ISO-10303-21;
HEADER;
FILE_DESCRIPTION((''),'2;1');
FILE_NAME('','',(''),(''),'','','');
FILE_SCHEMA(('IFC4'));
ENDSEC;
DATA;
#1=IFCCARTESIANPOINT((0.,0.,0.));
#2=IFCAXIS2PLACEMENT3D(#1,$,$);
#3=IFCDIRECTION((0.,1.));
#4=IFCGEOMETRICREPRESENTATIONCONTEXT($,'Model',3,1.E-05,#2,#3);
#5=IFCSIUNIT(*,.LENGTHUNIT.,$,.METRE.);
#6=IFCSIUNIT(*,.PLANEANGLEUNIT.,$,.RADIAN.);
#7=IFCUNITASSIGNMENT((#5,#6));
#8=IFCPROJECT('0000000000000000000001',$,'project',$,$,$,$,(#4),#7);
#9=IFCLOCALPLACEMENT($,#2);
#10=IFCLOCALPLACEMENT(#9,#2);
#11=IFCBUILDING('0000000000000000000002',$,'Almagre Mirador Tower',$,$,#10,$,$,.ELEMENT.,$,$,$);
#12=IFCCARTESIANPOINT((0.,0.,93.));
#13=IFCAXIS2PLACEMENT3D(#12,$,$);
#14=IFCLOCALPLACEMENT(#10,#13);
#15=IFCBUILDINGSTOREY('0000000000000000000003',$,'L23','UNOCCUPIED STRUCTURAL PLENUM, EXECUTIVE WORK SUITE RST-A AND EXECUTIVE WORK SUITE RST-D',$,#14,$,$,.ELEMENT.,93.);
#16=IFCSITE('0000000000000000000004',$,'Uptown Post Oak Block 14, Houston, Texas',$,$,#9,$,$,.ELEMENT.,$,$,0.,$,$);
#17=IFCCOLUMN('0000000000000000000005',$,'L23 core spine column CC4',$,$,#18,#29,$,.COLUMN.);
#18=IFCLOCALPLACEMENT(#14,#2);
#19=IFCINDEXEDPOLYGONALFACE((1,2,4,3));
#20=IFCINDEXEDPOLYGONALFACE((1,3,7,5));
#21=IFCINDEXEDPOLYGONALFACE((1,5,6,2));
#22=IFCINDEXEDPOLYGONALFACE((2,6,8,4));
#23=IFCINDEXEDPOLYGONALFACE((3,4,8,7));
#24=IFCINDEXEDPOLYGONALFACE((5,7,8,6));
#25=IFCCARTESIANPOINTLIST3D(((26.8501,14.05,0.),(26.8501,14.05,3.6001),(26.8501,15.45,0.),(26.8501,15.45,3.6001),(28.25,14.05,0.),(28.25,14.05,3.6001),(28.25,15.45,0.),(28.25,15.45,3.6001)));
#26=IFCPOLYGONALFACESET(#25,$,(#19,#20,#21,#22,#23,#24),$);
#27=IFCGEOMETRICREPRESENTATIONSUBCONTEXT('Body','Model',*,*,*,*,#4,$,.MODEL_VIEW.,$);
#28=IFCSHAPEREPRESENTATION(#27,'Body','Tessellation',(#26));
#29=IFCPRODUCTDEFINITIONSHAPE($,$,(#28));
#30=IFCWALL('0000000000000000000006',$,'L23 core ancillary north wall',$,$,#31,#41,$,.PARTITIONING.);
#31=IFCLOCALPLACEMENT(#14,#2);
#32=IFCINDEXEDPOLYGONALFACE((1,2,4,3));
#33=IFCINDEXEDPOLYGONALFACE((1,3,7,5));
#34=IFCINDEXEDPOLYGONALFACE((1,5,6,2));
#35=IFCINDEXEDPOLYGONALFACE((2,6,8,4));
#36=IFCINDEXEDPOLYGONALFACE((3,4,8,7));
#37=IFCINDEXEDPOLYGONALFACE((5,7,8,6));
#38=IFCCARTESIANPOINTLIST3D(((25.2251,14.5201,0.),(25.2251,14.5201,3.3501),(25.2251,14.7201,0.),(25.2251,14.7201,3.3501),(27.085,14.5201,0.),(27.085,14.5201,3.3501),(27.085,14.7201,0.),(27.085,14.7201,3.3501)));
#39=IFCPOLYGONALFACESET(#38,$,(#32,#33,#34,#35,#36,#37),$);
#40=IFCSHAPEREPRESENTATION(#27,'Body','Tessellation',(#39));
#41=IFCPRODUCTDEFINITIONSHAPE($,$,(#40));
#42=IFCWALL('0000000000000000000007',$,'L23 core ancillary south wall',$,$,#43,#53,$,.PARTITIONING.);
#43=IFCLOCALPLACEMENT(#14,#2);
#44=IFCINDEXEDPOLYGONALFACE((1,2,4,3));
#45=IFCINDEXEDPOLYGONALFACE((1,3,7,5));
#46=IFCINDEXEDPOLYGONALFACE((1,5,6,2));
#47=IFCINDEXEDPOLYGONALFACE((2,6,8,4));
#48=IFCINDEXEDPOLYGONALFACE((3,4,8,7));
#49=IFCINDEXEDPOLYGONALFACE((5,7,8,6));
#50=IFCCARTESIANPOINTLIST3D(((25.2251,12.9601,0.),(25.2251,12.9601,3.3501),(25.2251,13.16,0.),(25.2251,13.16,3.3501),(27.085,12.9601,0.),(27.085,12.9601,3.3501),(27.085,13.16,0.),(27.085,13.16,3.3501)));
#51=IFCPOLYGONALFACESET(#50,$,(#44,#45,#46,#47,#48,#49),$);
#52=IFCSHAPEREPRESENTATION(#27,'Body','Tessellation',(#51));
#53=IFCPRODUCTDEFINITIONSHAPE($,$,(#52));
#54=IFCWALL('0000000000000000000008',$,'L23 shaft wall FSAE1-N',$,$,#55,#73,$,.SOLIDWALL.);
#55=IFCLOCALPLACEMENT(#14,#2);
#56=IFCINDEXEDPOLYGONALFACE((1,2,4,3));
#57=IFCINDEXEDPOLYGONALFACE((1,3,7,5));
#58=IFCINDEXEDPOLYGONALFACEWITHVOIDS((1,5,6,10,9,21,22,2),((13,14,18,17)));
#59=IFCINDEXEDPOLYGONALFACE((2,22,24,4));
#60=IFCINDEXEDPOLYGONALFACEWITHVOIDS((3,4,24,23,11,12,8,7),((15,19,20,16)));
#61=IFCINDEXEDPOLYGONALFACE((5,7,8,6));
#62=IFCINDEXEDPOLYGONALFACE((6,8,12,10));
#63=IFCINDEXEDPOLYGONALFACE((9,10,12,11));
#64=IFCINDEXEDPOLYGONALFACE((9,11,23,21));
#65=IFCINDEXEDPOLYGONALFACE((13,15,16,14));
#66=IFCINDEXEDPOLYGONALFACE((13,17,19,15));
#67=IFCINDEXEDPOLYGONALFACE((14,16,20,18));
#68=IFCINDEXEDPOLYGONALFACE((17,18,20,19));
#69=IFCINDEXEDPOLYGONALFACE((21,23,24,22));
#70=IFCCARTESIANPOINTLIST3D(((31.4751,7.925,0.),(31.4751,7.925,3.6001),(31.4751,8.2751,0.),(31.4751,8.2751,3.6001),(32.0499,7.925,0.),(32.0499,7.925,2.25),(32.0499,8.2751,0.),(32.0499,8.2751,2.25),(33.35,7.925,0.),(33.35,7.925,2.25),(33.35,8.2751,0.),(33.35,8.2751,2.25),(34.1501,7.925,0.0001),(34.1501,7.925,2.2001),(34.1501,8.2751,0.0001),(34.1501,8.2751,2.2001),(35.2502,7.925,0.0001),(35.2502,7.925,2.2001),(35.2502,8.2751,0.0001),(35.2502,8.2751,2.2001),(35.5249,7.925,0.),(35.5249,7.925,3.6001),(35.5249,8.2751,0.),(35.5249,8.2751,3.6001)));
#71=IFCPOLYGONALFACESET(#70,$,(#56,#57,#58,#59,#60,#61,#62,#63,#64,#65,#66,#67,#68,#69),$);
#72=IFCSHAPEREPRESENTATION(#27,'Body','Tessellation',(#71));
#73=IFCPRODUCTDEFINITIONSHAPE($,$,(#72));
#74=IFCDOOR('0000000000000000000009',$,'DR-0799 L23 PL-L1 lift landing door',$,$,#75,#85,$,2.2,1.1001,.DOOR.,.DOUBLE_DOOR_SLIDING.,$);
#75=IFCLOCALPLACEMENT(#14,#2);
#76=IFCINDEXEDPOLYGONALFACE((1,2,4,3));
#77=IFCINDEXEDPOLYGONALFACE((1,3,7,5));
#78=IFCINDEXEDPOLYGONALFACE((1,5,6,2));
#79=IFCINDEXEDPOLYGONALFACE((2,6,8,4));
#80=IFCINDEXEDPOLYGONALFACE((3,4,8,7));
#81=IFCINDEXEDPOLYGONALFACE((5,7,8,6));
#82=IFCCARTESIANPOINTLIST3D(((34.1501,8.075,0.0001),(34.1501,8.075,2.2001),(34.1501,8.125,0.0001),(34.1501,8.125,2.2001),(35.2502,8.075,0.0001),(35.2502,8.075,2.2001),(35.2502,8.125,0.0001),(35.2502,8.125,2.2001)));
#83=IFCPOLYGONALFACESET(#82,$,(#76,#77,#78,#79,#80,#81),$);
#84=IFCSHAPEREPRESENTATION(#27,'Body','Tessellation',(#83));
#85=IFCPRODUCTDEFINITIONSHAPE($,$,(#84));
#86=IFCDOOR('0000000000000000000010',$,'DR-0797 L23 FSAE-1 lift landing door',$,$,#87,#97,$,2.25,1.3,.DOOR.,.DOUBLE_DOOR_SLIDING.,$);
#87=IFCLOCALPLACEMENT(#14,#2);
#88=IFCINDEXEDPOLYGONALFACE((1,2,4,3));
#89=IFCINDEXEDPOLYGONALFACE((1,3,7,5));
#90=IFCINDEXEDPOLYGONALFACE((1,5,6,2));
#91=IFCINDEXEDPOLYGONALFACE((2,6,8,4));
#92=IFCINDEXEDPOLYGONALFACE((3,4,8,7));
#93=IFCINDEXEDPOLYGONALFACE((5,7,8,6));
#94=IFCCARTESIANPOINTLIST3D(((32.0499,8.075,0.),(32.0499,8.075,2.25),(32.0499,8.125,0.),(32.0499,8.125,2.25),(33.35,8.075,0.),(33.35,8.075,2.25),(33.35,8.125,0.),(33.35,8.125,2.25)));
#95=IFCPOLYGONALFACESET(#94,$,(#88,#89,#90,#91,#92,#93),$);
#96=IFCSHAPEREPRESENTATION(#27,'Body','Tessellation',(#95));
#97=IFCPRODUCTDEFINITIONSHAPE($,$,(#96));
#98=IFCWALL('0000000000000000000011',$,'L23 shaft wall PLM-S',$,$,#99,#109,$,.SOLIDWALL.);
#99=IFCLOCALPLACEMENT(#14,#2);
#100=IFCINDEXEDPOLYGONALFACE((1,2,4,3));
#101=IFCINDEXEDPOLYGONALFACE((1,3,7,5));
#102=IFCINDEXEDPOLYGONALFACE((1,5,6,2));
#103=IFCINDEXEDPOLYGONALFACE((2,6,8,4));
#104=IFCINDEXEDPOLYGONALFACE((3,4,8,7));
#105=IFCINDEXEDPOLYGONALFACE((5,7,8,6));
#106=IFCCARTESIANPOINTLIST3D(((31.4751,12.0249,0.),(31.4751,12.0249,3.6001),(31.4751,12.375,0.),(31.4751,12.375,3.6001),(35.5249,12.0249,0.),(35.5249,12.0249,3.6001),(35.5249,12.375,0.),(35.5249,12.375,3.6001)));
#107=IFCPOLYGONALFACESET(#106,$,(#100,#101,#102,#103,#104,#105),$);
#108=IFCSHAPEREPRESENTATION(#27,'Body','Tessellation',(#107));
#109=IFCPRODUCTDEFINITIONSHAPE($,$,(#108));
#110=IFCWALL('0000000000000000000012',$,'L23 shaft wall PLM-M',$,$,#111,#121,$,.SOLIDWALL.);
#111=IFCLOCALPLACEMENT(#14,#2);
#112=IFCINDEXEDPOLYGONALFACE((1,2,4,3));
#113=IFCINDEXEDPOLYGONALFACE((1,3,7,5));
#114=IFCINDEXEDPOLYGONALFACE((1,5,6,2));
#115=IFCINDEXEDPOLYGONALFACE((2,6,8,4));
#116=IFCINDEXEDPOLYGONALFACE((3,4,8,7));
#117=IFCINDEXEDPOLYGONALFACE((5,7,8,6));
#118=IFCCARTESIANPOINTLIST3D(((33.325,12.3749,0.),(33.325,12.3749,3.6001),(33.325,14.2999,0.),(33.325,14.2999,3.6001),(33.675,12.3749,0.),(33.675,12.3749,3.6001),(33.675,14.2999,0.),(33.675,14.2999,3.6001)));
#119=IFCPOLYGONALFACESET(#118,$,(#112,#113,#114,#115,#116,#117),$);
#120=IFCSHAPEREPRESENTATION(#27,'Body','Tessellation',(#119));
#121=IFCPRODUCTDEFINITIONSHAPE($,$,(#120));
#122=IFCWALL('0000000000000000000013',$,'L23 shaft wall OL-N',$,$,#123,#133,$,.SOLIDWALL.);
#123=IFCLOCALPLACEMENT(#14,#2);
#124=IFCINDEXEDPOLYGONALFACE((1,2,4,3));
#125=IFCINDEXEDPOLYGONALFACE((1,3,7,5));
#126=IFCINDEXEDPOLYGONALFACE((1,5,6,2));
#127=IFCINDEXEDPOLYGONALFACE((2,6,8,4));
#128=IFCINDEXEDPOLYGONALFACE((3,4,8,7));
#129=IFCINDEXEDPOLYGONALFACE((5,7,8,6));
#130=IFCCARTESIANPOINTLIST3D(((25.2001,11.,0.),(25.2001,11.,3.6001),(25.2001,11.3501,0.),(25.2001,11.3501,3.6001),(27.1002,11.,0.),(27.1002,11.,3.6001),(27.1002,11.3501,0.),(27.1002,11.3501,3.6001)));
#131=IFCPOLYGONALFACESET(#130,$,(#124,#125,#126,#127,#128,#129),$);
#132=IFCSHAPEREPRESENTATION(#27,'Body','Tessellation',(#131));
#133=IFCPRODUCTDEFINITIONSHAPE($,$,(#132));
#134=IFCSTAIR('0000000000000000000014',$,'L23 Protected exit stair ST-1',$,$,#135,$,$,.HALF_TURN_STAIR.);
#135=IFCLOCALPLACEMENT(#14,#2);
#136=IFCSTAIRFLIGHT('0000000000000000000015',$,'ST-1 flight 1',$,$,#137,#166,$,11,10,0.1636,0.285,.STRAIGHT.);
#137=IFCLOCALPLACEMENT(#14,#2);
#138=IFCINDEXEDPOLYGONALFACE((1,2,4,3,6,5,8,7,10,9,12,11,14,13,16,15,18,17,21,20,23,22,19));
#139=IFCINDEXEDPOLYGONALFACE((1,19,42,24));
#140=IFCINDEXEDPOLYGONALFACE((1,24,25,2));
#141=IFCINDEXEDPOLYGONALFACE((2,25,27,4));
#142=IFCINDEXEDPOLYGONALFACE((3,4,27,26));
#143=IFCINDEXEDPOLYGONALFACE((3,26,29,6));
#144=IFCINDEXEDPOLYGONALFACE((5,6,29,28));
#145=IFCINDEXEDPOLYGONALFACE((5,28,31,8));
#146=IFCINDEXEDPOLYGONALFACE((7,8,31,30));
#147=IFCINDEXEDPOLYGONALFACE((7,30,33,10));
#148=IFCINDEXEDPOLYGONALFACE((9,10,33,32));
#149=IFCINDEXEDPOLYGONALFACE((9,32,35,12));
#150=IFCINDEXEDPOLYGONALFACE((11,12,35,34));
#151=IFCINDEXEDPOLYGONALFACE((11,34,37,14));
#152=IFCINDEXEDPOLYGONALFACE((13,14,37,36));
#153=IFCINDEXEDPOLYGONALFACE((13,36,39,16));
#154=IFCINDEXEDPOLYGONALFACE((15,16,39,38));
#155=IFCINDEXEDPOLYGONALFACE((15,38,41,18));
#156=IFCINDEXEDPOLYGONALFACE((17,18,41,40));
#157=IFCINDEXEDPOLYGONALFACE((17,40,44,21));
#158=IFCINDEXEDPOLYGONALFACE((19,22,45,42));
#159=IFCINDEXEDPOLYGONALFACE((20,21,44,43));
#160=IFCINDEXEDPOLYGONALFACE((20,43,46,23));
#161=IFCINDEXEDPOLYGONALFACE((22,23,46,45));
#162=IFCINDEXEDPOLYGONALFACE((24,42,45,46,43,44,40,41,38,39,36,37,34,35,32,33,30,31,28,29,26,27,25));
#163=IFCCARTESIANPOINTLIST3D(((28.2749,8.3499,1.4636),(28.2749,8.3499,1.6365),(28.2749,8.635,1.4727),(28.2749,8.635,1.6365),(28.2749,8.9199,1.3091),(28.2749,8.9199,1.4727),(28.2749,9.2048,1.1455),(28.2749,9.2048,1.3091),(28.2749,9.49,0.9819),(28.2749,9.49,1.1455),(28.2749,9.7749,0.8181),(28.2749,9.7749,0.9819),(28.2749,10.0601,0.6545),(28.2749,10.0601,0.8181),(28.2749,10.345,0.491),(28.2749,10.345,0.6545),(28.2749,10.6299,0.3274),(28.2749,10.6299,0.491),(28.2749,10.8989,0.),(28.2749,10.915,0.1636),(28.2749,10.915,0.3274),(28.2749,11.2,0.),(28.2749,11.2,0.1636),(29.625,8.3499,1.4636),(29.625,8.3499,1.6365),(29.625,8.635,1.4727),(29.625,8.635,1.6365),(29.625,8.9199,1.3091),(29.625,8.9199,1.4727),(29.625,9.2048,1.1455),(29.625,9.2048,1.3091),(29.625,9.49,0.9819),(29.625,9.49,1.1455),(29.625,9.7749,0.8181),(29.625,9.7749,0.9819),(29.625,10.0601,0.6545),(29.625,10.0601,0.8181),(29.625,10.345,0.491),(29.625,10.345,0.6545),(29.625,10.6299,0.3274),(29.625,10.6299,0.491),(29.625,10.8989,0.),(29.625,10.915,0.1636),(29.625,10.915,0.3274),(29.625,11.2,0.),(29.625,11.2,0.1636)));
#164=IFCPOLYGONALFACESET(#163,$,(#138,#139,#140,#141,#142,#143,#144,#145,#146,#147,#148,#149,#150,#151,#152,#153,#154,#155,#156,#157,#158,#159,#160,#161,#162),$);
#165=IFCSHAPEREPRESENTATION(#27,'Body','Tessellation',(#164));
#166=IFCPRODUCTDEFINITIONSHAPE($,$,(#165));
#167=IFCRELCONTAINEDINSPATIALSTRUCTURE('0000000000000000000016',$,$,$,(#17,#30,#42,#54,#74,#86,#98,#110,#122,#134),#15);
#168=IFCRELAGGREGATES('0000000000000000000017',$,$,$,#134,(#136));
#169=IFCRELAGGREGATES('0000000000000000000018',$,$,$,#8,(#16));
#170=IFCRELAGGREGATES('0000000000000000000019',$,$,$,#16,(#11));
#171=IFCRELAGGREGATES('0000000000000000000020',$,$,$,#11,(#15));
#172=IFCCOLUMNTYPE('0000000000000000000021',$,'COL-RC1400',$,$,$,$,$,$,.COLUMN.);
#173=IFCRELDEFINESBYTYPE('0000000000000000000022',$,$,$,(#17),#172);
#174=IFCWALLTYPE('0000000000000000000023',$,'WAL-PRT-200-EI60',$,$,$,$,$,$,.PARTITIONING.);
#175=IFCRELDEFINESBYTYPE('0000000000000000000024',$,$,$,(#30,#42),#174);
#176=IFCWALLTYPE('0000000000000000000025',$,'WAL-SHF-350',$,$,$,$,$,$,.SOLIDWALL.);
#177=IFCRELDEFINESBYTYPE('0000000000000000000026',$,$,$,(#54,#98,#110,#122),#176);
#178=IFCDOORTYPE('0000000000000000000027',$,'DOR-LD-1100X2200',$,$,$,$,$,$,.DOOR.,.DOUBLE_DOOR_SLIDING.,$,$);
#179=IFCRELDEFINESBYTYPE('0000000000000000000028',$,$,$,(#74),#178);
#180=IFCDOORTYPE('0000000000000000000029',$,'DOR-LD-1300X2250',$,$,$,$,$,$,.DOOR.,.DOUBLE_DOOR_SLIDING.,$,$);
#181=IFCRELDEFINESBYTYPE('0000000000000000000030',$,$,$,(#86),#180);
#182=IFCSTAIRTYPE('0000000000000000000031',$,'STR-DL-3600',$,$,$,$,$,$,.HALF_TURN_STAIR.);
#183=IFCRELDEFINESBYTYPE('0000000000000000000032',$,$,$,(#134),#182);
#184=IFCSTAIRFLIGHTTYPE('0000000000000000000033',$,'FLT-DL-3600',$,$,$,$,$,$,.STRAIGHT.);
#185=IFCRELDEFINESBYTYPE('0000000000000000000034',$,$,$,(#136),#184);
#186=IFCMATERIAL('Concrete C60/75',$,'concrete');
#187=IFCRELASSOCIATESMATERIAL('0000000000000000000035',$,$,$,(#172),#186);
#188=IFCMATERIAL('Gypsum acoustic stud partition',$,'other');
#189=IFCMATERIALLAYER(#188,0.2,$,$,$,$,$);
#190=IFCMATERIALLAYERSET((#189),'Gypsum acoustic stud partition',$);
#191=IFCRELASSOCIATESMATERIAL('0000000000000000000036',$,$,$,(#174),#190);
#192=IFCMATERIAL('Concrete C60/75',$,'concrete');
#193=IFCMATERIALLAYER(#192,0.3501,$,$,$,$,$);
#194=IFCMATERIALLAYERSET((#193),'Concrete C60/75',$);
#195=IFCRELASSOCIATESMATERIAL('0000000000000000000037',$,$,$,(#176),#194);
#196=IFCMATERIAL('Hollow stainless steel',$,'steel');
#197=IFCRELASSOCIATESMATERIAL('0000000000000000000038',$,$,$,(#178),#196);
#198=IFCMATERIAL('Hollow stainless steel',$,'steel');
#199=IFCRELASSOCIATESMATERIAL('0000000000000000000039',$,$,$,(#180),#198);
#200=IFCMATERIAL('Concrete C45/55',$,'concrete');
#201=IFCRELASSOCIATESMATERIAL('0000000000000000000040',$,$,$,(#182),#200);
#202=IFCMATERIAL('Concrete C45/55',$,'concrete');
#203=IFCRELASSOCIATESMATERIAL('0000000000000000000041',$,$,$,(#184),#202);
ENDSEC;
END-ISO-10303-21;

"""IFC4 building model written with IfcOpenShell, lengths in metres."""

from ifc_helpers import new_model, si_unit, direction, frame, frame_2d, origin, origin_2d, place, context, subcontext, project, spatial, polyline, rectangle, outline, extrude, material, layer, layer_set, material_profile, profile_set, type_object, element, fill, aggregate, save


model = new_model("IFC4")

# Units and contexts
model_context = context("Model", 3, precision=1e-05, world=origin(), true_north=direction((0.0, 1.0)))
body_context = subcontext(model_context, "Body", "Model", "MODEL_VIEW")
ifc_project = project(units=[si_unit("LENGTHUNIT", "METRE"), si_unit("PLANEANGLEUNIT", "RADIAN")], contexts=[model_context])

# Site, building, storey
site_placement = place(None, origin())
site = spatial("IfcSite", under=ifc_project, at=site_placement, Name="Uptown Post Oak Block 14, Houston, Texas", CompositionType="ELEMENT", RefElevation=0.0)
building_placement = place(site_placement, origin())
building = spatial("IfcBuilding", under=site, at=building_placement, Name="Almagre Mirador Tower", CompositionType="ELEMENT")
storey_placement = place(building_placement, frame((0.0, 0.0, 93.0)))
storey = spatial("IfcBuildingStorey", under=building, at=storey_placement, Name="L23", Description="UNOCCUPIED STRUCTURAL PLENUM, EXECUTIVE WORK SUITE RST-A AND EXECUTIVE WORK SUITE RST-D", CompositionType="ELEMENT", Elevation=93.0)

# Column
ifc_material_1 = material(Name="Concrete C60/75", Category="concrete")
ifc_material_profile = material_profile(ifc_material_1, rectangle(XDim=1.3999, YDim=1.3999, at=origin_2d()), Name="RC1400X1400")
ifc_profile_set = profile_set([ifc_material_profile], Name="Concrete C60/75")
column_type = type_object("IfcColumnType", Name="COL-RC1400", PredefinedType="COLUMN", material=ifc_profile_set)
column_placement = place(storey_placement, frame((27.55, 14.75, 0.0), z_axis=(0.0, 0.0, 1.0), x_axis=(1.0, 0.0, 0.0)))
element("IfcColumn", 1, at=column_placement, inside=storey, type_object=column_type, Name="L23 core spine column CC4", PredefinedType="COLUMN", context=body_context, shape_type="SweptSolid", body=[
    extrude(rectangle(XDim=1.3999, YDim=1.3999, at=origin_2d()), origin(), (0.0, 0.0, 1.0), 3.6001),
])

# Walls
ifc_material_2 = material(Name="Gypsum acoustic stud partition", Category="other")
ifc_layer_1 = layer(ifc_material_2, 0.2)
ifc_layer_set_1 = layer_set([ifc_layer_1], Name="Gypsum acoustic stud partition")
wall_type_1 = type_object("IfcWallType", Name="WAL-PRT-200-EI60", PredefinedType="PARTITIONING", material=ifc_layer_set_1)
for number, where, z_axis, x_axis, name in (
    (2, (25.2251, 14.6201, 0.0), (0.0, 0.0, 1.0), (1.0, 0.0, 0.0), "L23 core ancillary north wall"),
    (3, (25.2251, 13.0601, 0.0), (0.0, 0.0, 1.0), (1.0, 0.0, 0.0), "L23 core ancillary south wall"),
):
    element("IfcWall", number, at=place(storey_placement, frame(where, z_axis=z_axis, x_axis=x_axis)), inside=storey, type_object=wall_type_1, Name=name, PredefinedType="PARTITIONING", context=body_context, shape_type="SweptSolid", body=[
        extrude(rectangle(XDim=1.8599, YDim=0.2, at=frame_2d((0.9299, 0.0))), origin(), (0.0, 0.0, 1.0), 3.3501),
    ])

# Wall, openings, doors
ifc_material_3 = material(Name="Concrete C60/75", Category="concrete")
ifc_layer_2 = layer(ifc_material_3, 0.3501)
ifc_layer_set_2 = layer_set([ifc_layer_2], Name="Concrete C60/75")
wall_type_2 = type_object("IfcWallType", Name="WAL-SHF-350", PredefinedType="SOLIDWALL", material=ifc_layer_set_2)
wall_1_placement = place(storey_placement, frame((31.4751, 8.1001, 0.0), z_axis=(0.0, 0.0, 1.0), x_axis=(1.0, 0.0, 0.0)))
wall_1 = element("IfcWall", 4, at=wall_1_placement, inside=storey, type_object=wall_type_2, Name="L23 shaft wall FSAE1-N", PredefinedType="SOLIDWALL", context=body_context, shape_type="SweptSolid", body=[
    extrude(rectangle(XDim=4.0498, YDim=0.3501, at=frame_2d((2.0249, 0.0))), origin(), (0.0, 0.0, 1.0), 3.6001),
])
opening_1_placement = place(wall_1_placement, frame((0.575, 0.0, 0.0)))
opening_1 = element("IfcOpeningElement", 5, at=opening_1_placement, cuts=wall_1, PredefinedType="OPENING", context=body_context, shape_type="SweptSolid", body=[
    extrude(rectangle(XDim=1.3, YDim=2.25, at=frame_2d((0.6499, 1.125))), frame((0.0, 0.185, 0.0), z_axis=(0.0, -1.0, 0.0), x_axis=(1.0, 0.0, 0.0)), (0.0, 0.0, 1.0), 0.3701),
])
opening_2_placement = place(wall_1_placement, frame((2.675, 0.0, 0.0)))
opening_2 = element("IfcOpeningElement", 6, at=opening_2_placement, cuts=wall_1, PredefinedType="OPENING", context=body_context, shape_type="SweptSolid", body=[
    extrude(rectangle(XDim=1.1001, YDim=2.2, at=frame_2d((0.55, 1.1001))), frame((0.0, 0.185, 0.0), z_axis=(0.0, -1.0, 0.0), x_axis=(1.0, 0.0, 0.0)), (0.0, 0.0, 1.0), 0.3701),
])
ifc_material_4 = material(Name="Hollow stainless steel", Category="steel")
door_type_1 = type_object("IfcDoorType", Name="DOR-LD-1100X2200", OperationType="DOUBLE_DOOR_SLIDING", PredefinedType="DOOR", material=ifc_material_4)
door_1_placement = place(opening_2_placement, origin())
door_1 = element("IfcDoor", 7, at=door_1_placement, inside=storey, type_object=door_type_1, Name="DR-0799 L23 PL-L1 lift landing door", OperationType="DOUBLE_DOOR_SLIDING", OverallHeight=2.2, OverallWidth=1.1001, PredefinedType="DOOR", context=body_context, shape_type="SweptSolid", body=[
    extrude(rectangle(XDim=1.1001, YDim=2.2, at=frame_2d((0.55, 1.1001))), frame((0.0, 0.0249, 0.0), z_axis=(0.0, -1.0, 0.0), x_axis=(1.0, 0.0, 0.0)), (0.0, 0.0, 1.0), 0.05),
])
fill(opening_2, door_1)
ifc_material_5 = material(Name="Hollow stainless steel", Category="steel")
door_type_2 = type_object("IfcDoorType", Name="DOR-LD-1300X2250", OperationType="DOUBLE_DOOR_SLIDING", PredefinedType="DOOR", material=ifc_material_5)
door_2_placement = place(opening_1_placement, origin())
door_2 = element("IfcDoor", 8, at=door_2_placement, inside=storey, type_object=door_type_2, Name="DR-0797 L23 FSAE-1 lift landing door", OperationType="DOUBLE_DOOR_SLIDING", OverallHeight=2.25, OverallWidth=1.3, PredefinedType="DOOR", context=body_context, shape_type="SweptSolid", body=[
    extrude(rectangle(XDim=1.3, YDim=2.25, at=frame_2d((0.6499, 1.125))), frame((0.0, 0.0249, 0.0), z_axis=(0.0, -1.0, 0.0), x_axis=(1.0, 0.0, 0.0)), (0.0, 0.0, 1.0), 0.05),
])
fill(opening_1, door_2)

# Walls
wall_2_placement = place(storey_placement, frame((31.4751, 12.2, 0.0), z_axis=(0.0, 0.0, 1.0), x_axis=(1.0, 0.0, 0.0)))
element("IfcWall", 9, at=wall_2_placement, inside=storey, type_object=wall_type_2, Name="L23 shaft wall PLM-S", PredefinedType="SOLIDWALL", context=body_context, shape_type="SweptSolid", body=[
    extrude(rectangle(XDim=4.0498, YDim=0.3501, at=frame_2d((2.0249, 0.0))), origin(), (0.0, 0.0, 1.0), 3.6001),
])
wall_3_placement = place(storey_placement, frame((33.5, 12.375, 0.0), z_axis=(0.0, 0.0, 1.0), x_axis=(0.0, 1.0, 0.0)))
element("IfcWall", 10, at=wall_3_placement, inside=storey, type_object=wall_type_2, Name="L23 shaft wall PLM-M", PredefinedType="SOLIDWALL", context=body_context, shape_type="SweptSolid", body=[
    extrude(rectangle(XDim=1.925, YDim=0.3501, at=frame_2d((0.9624, 0.0))), origin(), (0.0, 0.0, 1.0), 3.6001),
])
wall_4_placement = place(storey_placement, frame((25.2, 11.175, 0.0), z_axis=(0.0, 0.0, 1.0), x_axis=(1.0, 0.0, 0.0)))
element("IfcWall", 11, at=wall_4_placement, inside=storey, type_object=wall_type_2, Name="L23 shaft wall OL-N", PredefinedType="SOLIDWALL", context=body_context, shape_type="SweptSolid", body=[
    extrude(rectangle(XDim=1.9001, YDim=0.3501, at=frame_2d((0.9502, 0.0))), origin(), (0.0, 0.0, 1.0), 3.6001),
])

# Stair, stair flight
ifc_material_6 = material(Name="Concrete C45/55", Category="concrete")
stair_type = type_object("IfcStairType", Name="STR-DL-3600", PredefinedType="HALF_TURN_STAIR", material=ifc_material_6)
stair_placement = place(storey_placement, origin())
stair = element("IfcStair", 12, at=stair_placement, inside=storey, type_object=stair_type, Name="L23 Protected exit stair ST-1", PredefinedType="HALF_TURN_STAIR")
ifc_material_7 = material(Name="Concrete C45/55", Category="concrete")
stair_flight_type = type_object("IfcStairFlightType", Name="FLT-DL-3600", PredefinedType="STRAIGHT", material=ifc_material_7)
stair_flight_1_placement = place(storey_placement, frame((28.95, 11.2, 0.0), z_axis=(0.0, 0.0, 1.0), x_axis=(0.0, -1.0, 0.0)))
stair_flight_1 = element("IfcStairFlight", 13, at=stair_flight_1_placement, type_object=stair_flight_type, Name="ST-1 flight 1", NumberOfRisers=11, NumberOfTreads=10, PredefinedType="STRAIGHT", RiserHeight=0.1636, TreadLength=0.285, context=body_context, shape_type="SweptSolid", body=[
    extrude(outline(polyline([(0.0, 0.0), (0.0, 0.1636), (0.2849, 0.1636), (0.2849, 0.3274), (0.5701, 0.3274), (0.5701, 0.491), (0.855, 0.491), (0.855, 0.6545), (1.1399, 0.6545), (1.1399, 0.8181), (1.425, 0.8181), (1.425, 0.9819), (1.71, 0.9819), (1.71, 1.1455), (1.9951, 1.1455), (1.9951, 1.3091), (2.28, 1.3091), (2.28, 1.4727), (2.5649, 1.4727), (2.5649, 1.6365), (2.8501, 1.6365), (2.8501, 1.8), (2.8501, 1.4636), (0.301, 0.0), (0.0, 0.0)])), frame((0.0, 0.675, 0.0), z_axis=(0.0, -1.0, 0.0), x_axis=(1.0, 0.0, 0.0)), (0.0, 0.0, 1.0), 1.3501),
])
aggregate(stair, [stair_flight_1])

save(model, "model.ifc")
